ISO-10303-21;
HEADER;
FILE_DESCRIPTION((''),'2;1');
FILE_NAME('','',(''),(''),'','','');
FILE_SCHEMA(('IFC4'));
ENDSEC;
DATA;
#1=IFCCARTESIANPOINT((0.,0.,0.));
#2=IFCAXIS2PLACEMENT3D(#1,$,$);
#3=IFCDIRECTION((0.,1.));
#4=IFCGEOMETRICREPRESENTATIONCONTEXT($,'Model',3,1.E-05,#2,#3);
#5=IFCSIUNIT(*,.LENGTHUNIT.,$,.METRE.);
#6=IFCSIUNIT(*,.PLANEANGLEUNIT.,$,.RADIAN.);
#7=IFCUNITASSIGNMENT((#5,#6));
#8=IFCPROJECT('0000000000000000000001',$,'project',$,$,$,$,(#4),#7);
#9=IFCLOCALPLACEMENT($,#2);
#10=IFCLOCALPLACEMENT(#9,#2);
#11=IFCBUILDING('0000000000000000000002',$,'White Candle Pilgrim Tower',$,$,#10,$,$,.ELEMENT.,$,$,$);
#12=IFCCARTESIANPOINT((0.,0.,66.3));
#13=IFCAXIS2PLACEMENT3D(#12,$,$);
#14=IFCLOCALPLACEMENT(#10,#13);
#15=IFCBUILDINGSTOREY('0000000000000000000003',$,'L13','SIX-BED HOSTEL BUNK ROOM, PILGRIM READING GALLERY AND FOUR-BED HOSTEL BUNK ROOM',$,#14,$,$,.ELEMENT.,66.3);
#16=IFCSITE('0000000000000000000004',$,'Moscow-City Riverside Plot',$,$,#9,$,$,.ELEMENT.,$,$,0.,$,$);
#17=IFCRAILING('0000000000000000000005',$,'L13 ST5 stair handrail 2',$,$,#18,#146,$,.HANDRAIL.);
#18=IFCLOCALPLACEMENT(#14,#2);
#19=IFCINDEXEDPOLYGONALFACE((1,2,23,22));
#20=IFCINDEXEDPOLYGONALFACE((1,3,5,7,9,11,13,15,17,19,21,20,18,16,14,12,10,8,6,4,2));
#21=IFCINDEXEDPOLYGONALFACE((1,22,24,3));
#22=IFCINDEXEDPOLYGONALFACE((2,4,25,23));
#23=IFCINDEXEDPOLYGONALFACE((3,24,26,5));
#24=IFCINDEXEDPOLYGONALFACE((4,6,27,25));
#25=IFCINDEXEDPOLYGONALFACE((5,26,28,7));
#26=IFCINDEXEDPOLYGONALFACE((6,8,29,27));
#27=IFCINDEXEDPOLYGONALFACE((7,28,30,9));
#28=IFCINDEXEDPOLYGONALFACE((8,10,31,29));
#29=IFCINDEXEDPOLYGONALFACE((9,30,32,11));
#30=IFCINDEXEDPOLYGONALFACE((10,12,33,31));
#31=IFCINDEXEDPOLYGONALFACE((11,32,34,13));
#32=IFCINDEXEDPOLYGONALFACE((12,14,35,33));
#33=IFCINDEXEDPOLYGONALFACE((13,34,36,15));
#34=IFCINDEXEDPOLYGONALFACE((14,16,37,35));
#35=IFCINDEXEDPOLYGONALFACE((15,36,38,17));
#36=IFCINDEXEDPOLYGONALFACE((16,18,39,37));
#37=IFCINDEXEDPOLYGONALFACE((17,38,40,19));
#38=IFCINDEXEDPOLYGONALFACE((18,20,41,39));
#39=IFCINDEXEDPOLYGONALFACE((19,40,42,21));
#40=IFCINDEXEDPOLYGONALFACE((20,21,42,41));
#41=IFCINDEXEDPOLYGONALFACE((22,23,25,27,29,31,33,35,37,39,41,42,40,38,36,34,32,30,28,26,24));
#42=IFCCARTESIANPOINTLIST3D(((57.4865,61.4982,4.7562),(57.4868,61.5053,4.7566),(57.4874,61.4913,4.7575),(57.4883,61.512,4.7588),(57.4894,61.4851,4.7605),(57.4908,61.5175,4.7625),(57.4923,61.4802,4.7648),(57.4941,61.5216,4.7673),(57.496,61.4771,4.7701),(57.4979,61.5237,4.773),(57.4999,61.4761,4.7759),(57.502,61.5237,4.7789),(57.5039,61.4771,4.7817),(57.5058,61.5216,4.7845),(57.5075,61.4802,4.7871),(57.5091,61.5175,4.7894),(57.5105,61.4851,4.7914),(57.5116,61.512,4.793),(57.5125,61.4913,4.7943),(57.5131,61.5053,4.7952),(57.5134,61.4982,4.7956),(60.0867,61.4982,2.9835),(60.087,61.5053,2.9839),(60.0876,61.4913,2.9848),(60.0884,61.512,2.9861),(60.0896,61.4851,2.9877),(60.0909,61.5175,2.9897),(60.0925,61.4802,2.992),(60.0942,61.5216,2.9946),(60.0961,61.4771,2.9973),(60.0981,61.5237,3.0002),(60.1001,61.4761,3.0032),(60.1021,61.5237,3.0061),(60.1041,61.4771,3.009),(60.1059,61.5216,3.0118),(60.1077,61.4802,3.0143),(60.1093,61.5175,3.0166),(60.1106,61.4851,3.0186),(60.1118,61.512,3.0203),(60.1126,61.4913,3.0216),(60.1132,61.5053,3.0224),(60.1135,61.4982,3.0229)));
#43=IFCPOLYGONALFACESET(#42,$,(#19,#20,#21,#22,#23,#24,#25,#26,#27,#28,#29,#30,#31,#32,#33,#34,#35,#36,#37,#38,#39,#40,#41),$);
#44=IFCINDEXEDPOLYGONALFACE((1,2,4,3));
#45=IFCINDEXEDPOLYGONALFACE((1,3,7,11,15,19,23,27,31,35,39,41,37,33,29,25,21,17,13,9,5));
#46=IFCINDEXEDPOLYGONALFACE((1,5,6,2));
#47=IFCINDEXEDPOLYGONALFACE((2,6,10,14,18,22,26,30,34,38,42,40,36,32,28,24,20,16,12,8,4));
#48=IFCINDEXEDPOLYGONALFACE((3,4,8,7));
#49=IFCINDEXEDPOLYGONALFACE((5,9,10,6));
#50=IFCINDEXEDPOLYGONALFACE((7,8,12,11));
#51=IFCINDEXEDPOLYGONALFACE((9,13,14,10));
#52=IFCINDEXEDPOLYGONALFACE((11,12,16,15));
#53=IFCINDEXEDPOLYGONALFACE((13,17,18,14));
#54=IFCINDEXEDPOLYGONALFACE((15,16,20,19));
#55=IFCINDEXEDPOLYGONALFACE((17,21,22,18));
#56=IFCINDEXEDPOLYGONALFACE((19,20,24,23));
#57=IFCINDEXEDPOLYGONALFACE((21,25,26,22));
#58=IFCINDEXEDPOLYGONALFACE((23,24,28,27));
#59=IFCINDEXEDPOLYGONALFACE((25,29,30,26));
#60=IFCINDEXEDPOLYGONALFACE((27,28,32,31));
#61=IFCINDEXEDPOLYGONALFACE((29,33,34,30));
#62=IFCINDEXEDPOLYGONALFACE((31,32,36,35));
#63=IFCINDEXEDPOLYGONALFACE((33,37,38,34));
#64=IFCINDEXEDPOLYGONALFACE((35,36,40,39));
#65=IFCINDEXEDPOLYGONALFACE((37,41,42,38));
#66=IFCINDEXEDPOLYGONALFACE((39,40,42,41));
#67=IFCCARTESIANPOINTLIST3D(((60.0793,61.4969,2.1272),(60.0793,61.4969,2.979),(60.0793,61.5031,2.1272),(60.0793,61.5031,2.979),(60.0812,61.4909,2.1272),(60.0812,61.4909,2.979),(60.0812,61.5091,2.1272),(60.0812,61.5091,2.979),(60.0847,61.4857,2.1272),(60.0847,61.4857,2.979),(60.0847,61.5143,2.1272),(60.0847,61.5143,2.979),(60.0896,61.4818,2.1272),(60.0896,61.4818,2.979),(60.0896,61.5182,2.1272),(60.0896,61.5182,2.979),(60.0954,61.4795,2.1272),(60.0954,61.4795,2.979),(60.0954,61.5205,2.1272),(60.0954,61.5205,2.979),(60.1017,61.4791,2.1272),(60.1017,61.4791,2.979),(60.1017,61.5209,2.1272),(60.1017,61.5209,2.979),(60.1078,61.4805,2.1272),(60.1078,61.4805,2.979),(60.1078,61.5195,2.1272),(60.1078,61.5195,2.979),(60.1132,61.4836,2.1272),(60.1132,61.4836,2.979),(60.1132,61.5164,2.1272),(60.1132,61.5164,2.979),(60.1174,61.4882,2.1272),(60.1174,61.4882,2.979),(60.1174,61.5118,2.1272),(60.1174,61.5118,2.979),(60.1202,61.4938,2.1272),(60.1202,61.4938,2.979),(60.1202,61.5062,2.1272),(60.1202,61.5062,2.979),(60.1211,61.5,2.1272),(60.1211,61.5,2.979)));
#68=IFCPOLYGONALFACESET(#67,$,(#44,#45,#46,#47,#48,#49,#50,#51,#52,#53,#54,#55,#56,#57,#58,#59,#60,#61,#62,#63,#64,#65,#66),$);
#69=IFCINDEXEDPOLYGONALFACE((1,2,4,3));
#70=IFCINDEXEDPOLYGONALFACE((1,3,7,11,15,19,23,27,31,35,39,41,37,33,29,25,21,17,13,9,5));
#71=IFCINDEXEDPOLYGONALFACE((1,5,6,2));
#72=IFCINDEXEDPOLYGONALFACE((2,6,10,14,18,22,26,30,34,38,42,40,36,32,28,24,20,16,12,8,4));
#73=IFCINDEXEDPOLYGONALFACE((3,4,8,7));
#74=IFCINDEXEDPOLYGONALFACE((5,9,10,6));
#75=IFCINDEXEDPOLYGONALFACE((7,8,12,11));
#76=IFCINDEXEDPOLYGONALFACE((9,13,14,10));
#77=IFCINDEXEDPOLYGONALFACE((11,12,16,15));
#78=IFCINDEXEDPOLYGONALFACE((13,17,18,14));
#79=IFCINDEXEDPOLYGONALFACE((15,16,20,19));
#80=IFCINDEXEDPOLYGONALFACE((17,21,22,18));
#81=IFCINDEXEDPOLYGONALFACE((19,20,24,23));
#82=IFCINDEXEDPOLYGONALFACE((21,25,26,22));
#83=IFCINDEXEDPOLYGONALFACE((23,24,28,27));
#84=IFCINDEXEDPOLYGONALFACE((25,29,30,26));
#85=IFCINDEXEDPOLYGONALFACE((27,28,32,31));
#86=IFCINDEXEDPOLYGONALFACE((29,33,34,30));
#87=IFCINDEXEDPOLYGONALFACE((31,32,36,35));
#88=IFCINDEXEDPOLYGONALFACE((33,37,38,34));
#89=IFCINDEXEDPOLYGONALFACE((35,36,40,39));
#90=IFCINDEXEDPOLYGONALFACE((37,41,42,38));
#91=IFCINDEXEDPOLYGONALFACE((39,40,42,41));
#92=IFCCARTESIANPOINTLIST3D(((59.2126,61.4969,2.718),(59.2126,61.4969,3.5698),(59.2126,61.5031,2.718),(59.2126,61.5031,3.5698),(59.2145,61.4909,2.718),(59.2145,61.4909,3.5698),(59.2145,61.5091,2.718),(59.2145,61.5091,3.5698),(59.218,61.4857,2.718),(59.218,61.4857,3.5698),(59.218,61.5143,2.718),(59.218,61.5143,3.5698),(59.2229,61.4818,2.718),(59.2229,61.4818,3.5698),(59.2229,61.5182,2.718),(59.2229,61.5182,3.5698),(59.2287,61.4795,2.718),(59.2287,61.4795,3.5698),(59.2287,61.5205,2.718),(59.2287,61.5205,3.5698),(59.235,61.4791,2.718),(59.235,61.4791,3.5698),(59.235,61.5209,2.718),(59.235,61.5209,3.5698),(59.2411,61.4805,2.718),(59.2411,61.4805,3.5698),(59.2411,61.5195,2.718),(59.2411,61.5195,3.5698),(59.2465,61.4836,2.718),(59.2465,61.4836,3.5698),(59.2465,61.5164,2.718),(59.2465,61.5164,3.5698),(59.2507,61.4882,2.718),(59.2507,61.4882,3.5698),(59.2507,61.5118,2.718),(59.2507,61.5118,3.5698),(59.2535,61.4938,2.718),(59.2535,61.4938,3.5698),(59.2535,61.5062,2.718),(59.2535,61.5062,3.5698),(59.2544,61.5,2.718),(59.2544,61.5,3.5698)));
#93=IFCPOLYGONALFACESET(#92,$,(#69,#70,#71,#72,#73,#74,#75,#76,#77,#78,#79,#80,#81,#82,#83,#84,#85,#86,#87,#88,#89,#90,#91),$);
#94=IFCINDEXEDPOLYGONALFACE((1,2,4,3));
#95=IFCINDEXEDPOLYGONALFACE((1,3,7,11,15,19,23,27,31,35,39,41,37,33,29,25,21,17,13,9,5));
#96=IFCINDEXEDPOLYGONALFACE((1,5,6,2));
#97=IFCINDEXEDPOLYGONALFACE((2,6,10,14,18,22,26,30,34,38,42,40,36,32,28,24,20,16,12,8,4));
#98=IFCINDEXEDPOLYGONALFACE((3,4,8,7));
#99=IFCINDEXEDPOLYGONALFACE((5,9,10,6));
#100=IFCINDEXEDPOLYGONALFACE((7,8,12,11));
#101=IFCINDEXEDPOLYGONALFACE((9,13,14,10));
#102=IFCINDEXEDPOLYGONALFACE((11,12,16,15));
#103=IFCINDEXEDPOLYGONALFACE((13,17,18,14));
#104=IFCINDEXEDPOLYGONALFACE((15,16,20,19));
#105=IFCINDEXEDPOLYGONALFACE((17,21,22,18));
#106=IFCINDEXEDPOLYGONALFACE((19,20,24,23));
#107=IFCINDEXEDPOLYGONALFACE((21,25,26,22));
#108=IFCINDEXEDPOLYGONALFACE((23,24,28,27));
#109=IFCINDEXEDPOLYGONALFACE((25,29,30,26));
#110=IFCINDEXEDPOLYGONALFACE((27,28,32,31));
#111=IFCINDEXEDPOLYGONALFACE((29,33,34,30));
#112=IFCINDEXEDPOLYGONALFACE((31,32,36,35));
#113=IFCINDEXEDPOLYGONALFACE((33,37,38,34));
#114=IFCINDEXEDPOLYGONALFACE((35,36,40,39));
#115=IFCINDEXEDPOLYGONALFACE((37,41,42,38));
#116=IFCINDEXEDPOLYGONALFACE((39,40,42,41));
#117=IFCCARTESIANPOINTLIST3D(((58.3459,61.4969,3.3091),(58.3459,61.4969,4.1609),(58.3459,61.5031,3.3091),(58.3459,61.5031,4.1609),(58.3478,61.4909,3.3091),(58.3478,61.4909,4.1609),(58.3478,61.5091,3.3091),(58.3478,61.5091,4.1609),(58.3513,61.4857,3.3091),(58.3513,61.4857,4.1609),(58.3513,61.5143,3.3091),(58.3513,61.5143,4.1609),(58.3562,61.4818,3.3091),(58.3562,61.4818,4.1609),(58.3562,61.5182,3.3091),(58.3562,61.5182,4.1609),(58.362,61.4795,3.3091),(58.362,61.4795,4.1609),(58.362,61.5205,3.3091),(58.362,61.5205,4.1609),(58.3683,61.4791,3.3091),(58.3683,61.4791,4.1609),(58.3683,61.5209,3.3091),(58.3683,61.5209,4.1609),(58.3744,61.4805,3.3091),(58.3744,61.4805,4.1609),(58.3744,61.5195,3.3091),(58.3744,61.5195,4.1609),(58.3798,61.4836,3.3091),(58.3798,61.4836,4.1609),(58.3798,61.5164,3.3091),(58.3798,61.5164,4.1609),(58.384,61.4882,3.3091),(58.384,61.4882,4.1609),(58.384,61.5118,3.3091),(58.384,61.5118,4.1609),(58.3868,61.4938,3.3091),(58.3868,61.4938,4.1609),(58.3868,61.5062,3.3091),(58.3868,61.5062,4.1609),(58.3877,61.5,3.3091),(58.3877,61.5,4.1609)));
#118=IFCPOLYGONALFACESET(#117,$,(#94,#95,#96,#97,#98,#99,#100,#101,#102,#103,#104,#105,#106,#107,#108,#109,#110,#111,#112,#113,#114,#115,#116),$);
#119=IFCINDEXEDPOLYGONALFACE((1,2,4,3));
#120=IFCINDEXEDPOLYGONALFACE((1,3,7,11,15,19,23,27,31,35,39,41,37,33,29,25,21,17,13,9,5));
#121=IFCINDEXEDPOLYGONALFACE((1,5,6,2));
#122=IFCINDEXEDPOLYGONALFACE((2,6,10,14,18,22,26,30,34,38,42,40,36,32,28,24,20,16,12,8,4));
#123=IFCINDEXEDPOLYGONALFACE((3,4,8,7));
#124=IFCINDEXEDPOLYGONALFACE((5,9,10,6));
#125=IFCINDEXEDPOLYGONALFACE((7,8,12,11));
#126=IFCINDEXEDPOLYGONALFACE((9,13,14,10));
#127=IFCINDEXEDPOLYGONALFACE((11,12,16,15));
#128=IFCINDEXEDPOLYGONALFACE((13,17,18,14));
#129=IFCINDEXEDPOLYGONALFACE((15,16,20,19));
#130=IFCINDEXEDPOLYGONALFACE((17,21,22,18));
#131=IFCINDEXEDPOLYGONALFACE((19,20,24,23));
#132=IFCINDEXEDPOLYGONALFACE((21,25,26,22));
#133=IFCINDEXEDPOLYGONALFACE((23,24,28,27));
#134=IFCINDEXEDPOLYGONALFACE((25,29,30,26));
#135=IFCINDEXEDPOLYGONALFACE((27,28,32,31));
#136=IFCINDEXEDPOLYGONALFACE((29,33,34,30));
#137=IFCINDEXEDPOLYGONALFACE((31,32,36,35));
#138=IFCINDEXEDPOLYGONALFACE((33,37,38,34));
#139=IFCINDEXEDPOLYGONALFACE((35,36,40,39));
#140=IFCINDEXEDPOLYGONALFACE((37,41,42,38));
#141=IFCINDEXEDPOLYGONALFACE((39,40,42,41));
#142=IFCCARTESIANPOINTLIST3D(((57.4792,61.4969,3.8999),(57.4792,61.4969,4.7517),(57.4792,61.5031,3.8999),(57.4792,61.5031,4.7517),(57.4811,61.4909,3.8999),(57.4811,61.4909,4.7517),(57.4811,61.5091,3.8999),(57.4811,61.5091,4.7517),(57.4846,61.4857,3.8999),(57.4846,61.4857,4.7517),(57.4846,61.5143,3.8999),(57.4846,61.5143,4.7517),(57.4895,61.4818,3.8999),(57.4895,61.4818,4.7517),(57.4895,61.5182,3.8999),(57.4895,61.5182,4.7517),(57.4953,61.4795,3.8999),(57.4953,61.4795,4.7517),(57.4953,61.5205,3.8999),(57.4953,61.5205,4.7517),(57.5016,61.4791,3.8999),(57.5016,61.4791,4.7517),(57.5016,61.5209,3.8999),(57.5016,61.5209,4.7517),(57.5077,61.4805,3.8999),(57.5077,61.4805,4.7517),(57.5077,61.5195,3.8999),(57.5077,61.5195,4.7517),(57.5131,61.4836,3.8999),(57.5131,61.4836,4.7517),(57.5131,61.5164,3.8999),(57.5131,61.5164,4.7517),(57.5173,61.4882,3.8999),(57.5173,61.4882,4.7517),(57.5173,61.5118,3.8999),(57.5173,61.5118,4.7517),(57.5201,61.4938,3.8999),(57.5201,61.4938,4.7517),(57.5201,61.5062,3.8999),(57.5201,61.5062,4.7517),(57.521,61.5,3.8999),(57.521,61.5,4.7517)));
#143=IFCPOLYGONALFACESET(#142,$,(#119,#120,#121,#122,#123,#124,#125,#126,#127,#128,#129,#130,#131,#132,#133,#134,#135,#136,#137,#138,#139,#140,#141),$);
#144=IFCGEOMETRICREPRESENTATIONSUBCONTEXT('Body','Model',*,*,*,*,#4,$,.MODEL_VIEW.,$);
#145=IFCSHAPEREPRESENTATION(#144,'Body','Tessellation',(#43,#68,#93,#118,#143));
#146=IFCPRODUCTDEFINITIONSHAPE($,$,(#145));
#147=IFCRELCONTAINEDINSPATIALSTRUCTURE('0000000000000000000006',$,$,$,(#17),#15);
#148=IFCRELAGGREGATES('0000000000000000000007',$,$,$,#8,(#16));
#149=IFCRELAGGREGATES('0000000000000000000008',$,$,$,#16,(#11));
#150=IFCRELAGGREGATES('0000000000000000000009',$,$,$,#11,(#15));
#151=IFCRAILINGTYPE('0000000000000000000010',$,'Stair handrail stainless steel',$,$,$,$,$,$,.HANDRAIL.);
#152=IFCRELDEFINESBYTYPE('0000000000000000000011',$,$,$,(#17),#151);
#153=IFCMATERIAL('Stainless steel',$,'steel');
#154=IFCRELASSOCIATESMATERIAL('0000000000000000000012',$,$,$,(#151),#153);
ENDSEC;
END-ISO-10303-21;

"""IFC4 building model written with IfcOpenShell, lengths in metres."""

from ifc_helpers import new_model, si_unit, direction, frame, origin, origin_2d, place, context, subcontext, project, spatial, circle, extrude, material, type_object, element, save


model = new_model("IFC4")

# Units and contexts
model_context = context("Model", 3, precision=1e-05, world=origin(), true_north=direction((0.0, 1.0)))
body_context = subcontext(model_context, "Body", "Model", "MODEL_VIEW")
ifc_project = project(units=[si_unit("LENGTHUNIT", "METRE"), si_unit("PLANEANGLEUNIT", "RADIAN")], contexts=[model_context])

# Site, building, storey
site_placement = place(None, origin())
site = spatial("IfcSite", under=ifc_project, at=site_placement, Name="Moscow-City Riverside Plot", CompositionType="ELEMENT", RefElevation=0.0)
building_placement = place(site_placement, origin())
building = spatial("IfcBuilding", under=site, at=building_placement, Name="White Candle Pilgrim Tower", CompositionType="ELEMENT")
storey_placement = place(building_placement, frame((0.0, 0.0, 66.3)))
storey = spatial("IfcBuildingStorey", under=building, at=storey_placement, Name="L13", Description="SIX-BED HOSTEL BUNK ROOM, PILGRIM READING GALLERY AND FOUR-BED HOSTEL BUNK ROOM", CompositionType="ELEMENT", Elevation=66.3)

# Shared definitions
ifc_material_1 = material(Name="Stainless steel", Category="steel")

# Railing
railing_type_1 = type_object("IfcRailingType", Name="Stair handrail stainless steel", PredefinedType="HANDRAIL", material=ifc_material_1)
railing_1_placement = place(storey_placement, frame((60.1001, 61.5, 2.1272)))
element("IfcRailing", 1, at=railing_1_placement, inside=storey, type_object=railing_type_1, Name="L13 ST5 stair handrail 2", PredefinedType="HANDRAIL", context=body_context, shape_type="SweptSolid", body=[
    extrude(circle(Radius=0.0239, at=origin_2d()), frame((0.0, 0.0, 0.876), z_axis=(-0.82624, 0.0, 0.563318), x_axis=(0.0, -1.0, 0.0)), (0.0, 0.0, 1.0), 3.147),
    extrude(circle(Radius=0.021, at=origin_2d()), origin(), (0.0, 0.0, 1.0), 0.8518),
    extrude(circle(Radius=0.021, at=origin_2d()), frame((-0.8667, 0.0, 0.5908)), (0.0, 0.0, 1.0), 0.8518),
    extrude(circle(Radius=0.021, at=origin_2d()), frame((-1.7334, 0.0, 1.1819)), (0.0, 0.0, 1.0), 0.8518),
    extrude(circle(Radius=0.021, at=origin_2d()), frame((-2.6001, 0.0, 1.7727)), (0.0, 0.0, 1.0), 0.8518),
])

save(model, "model.ifc")
